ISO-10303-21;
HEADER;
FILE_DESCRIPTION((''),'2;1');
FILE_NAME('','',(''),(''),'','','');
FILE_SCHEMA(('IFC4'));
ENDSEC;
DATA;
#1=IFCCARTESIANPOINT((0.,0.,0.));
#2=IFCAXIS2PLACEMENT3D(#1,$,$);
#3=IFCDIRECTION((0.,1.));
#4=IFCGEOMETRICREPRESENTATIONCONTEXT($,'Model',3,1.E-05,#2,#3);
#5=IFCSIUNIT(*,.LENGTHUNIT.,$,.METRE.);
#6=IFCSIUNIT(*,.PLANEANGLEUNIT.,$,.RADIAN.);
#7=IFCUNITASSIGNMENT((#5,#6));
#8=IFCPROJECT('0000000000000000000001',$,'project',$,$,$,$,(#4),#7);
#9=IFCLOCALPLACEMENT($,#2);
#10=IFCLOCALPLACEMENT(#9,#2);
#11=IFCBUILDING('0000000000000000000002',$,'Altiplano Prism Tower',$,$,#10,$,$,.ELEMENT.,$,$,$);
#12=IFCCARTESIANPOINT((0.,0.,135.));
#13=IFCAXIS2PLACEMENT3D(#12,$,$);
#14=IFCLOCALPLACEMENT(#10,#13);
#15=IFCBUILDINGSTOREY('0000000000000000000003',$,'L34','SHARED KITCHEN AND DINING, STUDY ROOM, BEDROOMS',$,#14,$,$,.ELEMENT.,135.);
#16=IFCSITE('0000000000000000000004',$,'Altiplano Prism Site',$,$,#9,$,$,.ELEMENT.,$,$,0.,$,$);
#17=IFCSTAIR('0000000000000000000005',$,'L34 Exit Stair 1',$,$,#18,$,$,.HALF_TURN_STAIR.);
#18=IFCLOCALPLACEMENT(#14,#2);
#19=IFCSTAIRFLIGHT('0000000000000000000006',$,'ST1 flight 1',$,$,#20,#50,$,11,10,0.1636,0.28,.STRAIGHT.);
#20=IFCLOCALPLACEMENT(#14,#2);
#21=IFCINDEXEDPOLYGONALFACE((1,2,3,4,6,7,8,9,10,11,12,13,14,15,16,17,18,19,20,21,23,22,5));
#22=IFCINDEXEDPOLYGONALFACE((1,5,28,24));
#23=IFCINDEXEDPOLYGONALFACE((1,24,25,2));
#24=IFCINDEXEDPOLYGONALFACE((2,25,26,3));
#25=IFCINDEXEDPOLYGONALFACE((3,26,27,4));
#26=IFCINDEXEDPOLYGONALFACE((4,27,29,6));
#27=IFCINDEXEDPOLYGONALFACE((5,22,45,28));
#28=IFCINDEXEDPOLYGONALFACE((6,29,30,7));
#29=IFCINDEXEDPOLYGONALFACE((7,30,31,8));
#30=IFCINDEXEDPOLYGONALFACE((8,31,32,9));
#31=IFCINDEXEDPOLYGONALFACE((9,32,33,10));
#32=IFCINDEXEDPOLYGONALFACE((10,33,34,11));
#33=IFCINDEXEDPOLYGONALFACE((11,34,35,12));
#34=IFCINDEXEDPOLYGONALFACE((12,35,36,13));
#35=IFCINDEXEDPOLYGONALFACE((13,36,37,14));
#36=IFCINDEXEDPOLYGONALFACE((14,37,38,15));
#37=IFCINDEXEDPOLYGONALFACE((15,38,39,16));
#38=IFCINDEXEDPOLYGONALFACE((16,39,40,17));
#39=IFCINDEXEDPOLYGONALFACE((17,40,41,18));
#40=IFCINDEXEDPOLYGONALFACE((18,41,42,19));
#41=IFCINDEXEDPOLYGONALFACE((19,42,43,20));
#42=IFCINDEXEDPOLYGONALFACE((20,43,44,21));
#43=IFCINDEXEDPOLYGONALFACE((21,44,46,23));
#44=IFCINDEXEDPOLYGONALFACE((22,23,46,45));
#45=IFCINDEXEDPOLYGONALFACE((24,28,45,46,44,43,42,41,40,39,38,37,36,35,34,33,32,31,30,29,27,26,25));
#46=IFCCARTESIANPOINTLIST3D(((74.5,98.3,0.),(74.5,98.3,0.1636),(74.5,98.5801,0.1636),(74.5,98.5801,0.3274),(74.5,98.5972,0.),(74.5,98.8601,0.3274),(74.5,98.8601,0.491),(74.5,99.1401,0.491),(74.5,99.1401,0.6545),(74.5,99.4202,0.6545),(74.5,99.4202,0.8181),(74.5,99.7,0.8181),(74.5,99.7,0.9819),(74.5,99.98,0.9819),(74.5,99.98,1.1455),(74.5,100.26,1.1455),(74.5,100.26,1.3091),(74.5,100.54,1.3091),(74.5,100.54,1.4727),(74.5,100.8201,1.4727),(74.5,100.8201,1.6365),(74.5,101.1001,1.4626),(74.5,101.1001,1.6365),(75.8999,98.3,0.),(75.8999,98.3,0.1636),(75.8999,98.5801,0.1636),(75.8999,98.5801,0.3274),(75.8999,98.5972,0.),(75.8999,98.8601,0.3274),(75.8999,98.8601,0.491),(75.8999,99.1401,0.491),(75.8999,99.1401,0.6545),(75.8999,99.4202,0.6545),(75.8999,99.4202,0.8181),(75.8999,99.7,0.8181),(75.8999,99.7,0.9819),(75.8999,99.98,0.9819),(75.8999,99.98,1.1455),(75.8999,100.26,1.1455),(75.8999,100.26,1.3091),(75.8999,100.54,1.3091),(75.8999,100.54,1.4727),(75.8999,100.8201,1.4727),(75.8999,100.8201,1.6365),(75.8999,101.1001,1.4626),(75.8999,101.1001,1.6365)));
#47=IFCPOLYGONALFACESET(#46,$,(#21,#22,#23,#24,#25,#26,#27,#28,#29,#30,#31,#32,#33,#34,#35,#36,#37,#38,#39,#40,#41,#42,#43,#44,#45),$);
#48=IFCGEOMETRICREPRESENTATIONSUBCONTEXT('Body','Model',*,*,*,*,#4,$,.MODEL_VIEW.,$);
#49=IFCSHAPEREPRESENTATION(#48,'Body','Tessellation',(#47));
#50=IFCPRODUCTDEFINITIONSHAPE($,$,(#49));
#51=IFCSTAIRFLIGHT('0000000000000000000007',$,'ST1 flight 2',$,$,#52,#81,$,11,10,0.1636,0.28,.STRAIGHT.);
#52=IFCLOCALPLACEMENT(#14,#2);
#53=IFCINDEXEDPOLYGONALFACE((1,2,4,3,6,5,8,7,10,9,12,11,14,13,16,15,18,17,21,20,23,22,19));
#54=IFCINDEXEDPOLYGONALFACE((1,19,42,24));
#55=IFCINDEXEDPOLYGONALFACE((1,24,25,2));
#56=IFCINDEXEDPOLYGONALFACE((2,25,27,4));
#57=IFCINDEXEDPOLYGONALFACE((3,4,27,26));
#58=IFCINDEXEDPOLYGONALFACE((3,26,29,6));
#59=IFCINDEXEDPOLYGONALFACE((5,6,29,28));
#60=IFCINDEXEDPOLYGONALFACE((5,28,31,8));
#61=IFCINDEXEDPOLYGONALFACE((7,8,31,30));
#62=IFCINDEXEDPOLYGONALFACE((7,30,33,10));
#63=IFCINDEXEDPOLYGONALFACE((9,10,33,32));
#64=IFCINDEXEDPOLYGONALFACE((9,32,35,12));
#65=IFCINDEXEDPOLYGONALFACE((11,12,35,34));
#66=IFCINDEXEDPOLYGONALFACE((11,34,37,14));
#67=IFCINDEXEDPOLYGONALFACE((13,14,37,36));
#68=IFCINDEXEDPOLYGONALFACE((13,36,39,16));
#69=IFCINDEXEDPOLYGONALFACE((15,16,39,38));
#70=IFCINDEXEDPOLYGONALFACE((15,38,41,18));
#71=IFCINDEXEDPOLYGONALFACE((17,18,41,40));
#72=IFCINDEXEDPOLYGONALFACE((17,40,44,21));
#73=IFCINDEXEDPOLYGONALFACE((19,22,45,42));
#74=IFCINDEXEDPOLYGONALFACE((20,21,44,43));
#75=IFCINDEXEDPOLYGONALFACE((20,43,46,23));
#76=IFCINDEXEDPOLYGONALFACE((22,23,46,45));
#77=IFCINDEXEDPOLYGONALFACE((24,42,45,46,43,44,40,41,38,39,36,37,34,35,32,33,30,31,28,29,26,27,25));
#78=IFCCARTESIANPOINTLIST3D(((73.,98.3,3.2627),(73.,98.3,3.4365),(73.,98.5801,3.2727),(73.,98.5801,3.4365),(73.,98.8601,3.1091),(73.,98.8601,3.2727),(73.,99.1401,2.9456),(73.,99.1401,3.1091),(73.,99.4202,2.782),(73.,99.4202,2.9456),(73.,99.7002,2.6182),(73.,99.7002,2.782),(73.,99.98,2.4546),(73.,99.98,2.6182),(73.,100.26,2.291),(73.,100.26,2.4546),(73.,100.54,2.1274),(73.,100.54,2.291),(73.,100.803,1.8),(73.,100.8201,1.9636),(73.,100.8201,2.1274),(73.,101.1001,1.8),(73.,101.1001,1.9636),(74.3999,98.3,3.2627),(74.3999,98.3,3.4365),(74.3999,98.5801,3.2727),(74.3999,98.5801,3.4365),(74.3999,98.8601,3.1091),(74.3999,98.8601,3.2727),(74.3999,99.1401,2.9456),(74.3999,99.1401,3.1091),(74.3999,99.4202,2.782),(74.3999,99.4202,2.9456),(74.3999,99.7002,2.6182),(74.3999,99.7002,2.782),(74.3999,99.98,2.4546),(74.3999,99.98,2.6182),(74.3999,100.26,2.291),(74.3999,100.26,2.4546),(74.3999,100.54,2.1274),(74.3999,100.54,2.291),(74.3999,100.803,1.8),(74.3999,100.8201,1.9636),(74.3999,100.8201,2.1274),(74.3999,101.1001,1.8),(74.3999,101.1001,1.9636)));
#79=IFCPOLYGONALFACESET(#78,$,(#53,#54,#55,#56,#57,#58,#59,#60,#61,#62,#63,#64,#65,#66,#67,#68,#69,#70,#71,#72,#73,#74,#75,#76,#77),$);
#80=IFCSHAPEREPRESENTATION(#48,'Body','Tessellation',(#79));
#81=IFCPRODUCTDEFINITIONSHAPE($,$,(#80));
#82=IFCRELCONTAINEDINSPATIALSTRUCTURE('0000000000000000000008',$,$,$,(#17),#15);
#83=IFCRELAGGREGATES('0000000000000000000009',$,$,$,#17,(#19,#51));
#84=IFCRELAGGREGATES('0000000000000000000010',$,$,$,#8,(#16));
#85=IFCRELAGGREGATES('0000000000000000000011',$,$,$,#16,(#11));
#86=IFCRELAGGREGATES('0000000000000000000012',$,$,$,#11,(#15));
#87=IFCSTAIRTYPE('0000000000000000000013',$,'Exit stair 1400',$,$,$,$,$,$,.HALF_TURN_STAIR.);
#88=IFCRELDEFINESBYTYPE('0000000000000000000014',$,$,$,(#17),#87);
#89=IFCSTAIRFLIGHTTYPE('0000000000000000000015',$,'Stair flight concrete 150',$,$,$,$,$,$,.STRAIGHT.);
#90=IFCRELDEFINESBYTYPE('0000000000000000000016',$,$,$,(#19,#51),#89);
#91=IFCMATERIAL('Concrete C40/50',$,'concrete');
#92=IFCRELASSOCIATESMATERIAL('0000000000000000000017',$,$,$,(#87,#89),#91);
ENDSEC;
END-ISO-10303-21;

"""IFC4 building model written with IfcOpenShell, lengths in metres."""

from ifc_helpers import new_model, si_unit, direction, frame, origin, place, context, subcontext, project, spatial, polyline, outline, extrude, material, type_object, element, aggregate, save


model = new_model("IFC4")

# Units and contexts
model_context = context("Model", 3, precision=1e-05, world=origin(), true_north=direction((0.0, 1.0)))
body_context = subcontext(model_context, "Body", "Model", "MODEL_VIEW")
ifc_project = project(units=[si_unit("LENGTHUNIT", "METRE"), si_unit("PLANEANGLEUNIT", "RADIAN")], contexts=[model_context])

# Site, building, storey
site_placement = place(None, origin())
site = spatial("IfcSite", under=ifc_project, at=site_placement, Name="Altiplano Prism Site", CompositionType="ELEMENT", RefElevation=0.0)
building_placement = place(site_placement, origin())
building = spatial("IfcBuilding", under=site, at=building_placement, Name="Altiplano Prism Tower", CompositionType="ELEMENT")
storey_placement = place(building_placement, frame((0.0, 0.0, 135.0)))
storey = spatial("IfcBuildingStorey", under=building, at=storey_placement, Name="L34", Description="SHARED KITCHEN AND DINING, STUDY ROOM, BEDROOMS", CompositionType="ELEMENT", Elevation=135.0)

# Stair, stair flights
ifc_material_1 = material(Name="Concrete C40/50", Category="concrete")
stair_type = type_object("IfcStairType", Name="Exit stair 1400", PredefinedType="HALF_TURN_STAIR", material=ifc_material_1)
stair_placement = place(storey_placement, origin())
stair = element("IfcStair", 1, at=stair_placement, inside=storey, type_object=stair_type, Name="L34 Exit Stair 1", PredefinedType="HALF_TURN_STAIR")
stair_flight_type = type_object("IfcStairFlightType", Name="Stair flight concrete 150", PredefinedType="STRAIGHT", material=ifc_material_1)
stair_flight_1_placement = place(storey_placement, frame((75.2, 98.3, 0.0), z_axis=(0.0, 0.0, 1.0), x_axis=(0.0, 1.0, 0.0)))
stair_flight_1 = element("IfcStairFlight", 2, at=stair_flight_1_placement, type_object=stair_flight_type, Name="ST1 flight 1", NumberOfRisers=11, NumberOfTreads=10, PredefinedType="STRAIGHT", RiserHeight=0.1636, TreadLength=0.28, context=body_context, shape_type="SweptSolid", body=[
    extrude(outline(polyline([(0.0, 0.0), (0.0, 0.1636), (0.28, 0.1636), (0.28, 0.3274), (0.5601, 0.3274), (0.5601, 0.491), (0.8401, 0.491), (0.8401, 0.6545), (1.1201, 0.6545), (1.1201, 0.8181), (1.3999, 0.8181), (1.3999, 0.9819), (1.6799, 0.9819), (1.6799, 1.1455), (1.96, 1.1455), (1.96, 1.3091), (2.24, 1.3091), (2.24, 1.4727), (2.52, 1.4727), (2.52, 1.6365), (2.8, 1.6365), (2.8, 1.8), (2.8, 1.4626), (0.2971, 0.0), (0.0, 0.0)])), frame((0.0, 0.7, 0.0), z_axis=(0.0, -1.0, 0.0), x_axis=(1.0, 0.0, 0.0)), (0.0, 0.0, 1.0), 1.3999),
])
stair_flight_2_placement = place(storey_placement, frame((73.7, 101.1001, 1.8), z_axis=(0.0, 0.0, 1.0), x_axis=(0.0, -1.0, 0.0)))
stair_flight_2 = element("IfcStairFlight", 3, at=stair_flight_2_placement, type_object=stair_flight_type, Name="ST1 flight 2", NumberOfRisers=11, NumberOfTreads=10, PredefinedType="STRAIGHT", RiserHeight=0.1636, TreadLength=0.28, context=body_context, shape_type="SweptSolid", body=[
    extrude(outline(polyline([(0.0, 0.0), (0.0, 0.1636), (0.28, 0.1636), (0.28, 0.3274), (0.5601, 0.3274), (0.5601, 0.491), (0.8401, 0.491), (0.8401, 0.6545), (1.1201, 0.6545), (1.1201, 0.8181), (1.3999, 0.8181), (1.3999, 0.9819), (1.6799, 0.9819), (1.6799, 1.1455), (1.96, 1.1455), (1.96, 1.3091), (2.24, 1.3091), (2.24, 1.4727), (2.52, 1.4727), (2.52, 1.6365), (2.8, 1.6365), (2.8, 1.8), (2.8, 1.4626), (0.2971, 0.0), (0.0, 0.0)])), frame((0.0, 0.7, 0.0), z_axis=(0.0, -1.0, 0.0), x_axis=(1.0, 0.0, 0.0)), (0.0, 0.0, 1.0), 1.3999),
])
aggregate(stair, [stair_flight_1, stair_flight_2])

save(model, "model.ifc")
